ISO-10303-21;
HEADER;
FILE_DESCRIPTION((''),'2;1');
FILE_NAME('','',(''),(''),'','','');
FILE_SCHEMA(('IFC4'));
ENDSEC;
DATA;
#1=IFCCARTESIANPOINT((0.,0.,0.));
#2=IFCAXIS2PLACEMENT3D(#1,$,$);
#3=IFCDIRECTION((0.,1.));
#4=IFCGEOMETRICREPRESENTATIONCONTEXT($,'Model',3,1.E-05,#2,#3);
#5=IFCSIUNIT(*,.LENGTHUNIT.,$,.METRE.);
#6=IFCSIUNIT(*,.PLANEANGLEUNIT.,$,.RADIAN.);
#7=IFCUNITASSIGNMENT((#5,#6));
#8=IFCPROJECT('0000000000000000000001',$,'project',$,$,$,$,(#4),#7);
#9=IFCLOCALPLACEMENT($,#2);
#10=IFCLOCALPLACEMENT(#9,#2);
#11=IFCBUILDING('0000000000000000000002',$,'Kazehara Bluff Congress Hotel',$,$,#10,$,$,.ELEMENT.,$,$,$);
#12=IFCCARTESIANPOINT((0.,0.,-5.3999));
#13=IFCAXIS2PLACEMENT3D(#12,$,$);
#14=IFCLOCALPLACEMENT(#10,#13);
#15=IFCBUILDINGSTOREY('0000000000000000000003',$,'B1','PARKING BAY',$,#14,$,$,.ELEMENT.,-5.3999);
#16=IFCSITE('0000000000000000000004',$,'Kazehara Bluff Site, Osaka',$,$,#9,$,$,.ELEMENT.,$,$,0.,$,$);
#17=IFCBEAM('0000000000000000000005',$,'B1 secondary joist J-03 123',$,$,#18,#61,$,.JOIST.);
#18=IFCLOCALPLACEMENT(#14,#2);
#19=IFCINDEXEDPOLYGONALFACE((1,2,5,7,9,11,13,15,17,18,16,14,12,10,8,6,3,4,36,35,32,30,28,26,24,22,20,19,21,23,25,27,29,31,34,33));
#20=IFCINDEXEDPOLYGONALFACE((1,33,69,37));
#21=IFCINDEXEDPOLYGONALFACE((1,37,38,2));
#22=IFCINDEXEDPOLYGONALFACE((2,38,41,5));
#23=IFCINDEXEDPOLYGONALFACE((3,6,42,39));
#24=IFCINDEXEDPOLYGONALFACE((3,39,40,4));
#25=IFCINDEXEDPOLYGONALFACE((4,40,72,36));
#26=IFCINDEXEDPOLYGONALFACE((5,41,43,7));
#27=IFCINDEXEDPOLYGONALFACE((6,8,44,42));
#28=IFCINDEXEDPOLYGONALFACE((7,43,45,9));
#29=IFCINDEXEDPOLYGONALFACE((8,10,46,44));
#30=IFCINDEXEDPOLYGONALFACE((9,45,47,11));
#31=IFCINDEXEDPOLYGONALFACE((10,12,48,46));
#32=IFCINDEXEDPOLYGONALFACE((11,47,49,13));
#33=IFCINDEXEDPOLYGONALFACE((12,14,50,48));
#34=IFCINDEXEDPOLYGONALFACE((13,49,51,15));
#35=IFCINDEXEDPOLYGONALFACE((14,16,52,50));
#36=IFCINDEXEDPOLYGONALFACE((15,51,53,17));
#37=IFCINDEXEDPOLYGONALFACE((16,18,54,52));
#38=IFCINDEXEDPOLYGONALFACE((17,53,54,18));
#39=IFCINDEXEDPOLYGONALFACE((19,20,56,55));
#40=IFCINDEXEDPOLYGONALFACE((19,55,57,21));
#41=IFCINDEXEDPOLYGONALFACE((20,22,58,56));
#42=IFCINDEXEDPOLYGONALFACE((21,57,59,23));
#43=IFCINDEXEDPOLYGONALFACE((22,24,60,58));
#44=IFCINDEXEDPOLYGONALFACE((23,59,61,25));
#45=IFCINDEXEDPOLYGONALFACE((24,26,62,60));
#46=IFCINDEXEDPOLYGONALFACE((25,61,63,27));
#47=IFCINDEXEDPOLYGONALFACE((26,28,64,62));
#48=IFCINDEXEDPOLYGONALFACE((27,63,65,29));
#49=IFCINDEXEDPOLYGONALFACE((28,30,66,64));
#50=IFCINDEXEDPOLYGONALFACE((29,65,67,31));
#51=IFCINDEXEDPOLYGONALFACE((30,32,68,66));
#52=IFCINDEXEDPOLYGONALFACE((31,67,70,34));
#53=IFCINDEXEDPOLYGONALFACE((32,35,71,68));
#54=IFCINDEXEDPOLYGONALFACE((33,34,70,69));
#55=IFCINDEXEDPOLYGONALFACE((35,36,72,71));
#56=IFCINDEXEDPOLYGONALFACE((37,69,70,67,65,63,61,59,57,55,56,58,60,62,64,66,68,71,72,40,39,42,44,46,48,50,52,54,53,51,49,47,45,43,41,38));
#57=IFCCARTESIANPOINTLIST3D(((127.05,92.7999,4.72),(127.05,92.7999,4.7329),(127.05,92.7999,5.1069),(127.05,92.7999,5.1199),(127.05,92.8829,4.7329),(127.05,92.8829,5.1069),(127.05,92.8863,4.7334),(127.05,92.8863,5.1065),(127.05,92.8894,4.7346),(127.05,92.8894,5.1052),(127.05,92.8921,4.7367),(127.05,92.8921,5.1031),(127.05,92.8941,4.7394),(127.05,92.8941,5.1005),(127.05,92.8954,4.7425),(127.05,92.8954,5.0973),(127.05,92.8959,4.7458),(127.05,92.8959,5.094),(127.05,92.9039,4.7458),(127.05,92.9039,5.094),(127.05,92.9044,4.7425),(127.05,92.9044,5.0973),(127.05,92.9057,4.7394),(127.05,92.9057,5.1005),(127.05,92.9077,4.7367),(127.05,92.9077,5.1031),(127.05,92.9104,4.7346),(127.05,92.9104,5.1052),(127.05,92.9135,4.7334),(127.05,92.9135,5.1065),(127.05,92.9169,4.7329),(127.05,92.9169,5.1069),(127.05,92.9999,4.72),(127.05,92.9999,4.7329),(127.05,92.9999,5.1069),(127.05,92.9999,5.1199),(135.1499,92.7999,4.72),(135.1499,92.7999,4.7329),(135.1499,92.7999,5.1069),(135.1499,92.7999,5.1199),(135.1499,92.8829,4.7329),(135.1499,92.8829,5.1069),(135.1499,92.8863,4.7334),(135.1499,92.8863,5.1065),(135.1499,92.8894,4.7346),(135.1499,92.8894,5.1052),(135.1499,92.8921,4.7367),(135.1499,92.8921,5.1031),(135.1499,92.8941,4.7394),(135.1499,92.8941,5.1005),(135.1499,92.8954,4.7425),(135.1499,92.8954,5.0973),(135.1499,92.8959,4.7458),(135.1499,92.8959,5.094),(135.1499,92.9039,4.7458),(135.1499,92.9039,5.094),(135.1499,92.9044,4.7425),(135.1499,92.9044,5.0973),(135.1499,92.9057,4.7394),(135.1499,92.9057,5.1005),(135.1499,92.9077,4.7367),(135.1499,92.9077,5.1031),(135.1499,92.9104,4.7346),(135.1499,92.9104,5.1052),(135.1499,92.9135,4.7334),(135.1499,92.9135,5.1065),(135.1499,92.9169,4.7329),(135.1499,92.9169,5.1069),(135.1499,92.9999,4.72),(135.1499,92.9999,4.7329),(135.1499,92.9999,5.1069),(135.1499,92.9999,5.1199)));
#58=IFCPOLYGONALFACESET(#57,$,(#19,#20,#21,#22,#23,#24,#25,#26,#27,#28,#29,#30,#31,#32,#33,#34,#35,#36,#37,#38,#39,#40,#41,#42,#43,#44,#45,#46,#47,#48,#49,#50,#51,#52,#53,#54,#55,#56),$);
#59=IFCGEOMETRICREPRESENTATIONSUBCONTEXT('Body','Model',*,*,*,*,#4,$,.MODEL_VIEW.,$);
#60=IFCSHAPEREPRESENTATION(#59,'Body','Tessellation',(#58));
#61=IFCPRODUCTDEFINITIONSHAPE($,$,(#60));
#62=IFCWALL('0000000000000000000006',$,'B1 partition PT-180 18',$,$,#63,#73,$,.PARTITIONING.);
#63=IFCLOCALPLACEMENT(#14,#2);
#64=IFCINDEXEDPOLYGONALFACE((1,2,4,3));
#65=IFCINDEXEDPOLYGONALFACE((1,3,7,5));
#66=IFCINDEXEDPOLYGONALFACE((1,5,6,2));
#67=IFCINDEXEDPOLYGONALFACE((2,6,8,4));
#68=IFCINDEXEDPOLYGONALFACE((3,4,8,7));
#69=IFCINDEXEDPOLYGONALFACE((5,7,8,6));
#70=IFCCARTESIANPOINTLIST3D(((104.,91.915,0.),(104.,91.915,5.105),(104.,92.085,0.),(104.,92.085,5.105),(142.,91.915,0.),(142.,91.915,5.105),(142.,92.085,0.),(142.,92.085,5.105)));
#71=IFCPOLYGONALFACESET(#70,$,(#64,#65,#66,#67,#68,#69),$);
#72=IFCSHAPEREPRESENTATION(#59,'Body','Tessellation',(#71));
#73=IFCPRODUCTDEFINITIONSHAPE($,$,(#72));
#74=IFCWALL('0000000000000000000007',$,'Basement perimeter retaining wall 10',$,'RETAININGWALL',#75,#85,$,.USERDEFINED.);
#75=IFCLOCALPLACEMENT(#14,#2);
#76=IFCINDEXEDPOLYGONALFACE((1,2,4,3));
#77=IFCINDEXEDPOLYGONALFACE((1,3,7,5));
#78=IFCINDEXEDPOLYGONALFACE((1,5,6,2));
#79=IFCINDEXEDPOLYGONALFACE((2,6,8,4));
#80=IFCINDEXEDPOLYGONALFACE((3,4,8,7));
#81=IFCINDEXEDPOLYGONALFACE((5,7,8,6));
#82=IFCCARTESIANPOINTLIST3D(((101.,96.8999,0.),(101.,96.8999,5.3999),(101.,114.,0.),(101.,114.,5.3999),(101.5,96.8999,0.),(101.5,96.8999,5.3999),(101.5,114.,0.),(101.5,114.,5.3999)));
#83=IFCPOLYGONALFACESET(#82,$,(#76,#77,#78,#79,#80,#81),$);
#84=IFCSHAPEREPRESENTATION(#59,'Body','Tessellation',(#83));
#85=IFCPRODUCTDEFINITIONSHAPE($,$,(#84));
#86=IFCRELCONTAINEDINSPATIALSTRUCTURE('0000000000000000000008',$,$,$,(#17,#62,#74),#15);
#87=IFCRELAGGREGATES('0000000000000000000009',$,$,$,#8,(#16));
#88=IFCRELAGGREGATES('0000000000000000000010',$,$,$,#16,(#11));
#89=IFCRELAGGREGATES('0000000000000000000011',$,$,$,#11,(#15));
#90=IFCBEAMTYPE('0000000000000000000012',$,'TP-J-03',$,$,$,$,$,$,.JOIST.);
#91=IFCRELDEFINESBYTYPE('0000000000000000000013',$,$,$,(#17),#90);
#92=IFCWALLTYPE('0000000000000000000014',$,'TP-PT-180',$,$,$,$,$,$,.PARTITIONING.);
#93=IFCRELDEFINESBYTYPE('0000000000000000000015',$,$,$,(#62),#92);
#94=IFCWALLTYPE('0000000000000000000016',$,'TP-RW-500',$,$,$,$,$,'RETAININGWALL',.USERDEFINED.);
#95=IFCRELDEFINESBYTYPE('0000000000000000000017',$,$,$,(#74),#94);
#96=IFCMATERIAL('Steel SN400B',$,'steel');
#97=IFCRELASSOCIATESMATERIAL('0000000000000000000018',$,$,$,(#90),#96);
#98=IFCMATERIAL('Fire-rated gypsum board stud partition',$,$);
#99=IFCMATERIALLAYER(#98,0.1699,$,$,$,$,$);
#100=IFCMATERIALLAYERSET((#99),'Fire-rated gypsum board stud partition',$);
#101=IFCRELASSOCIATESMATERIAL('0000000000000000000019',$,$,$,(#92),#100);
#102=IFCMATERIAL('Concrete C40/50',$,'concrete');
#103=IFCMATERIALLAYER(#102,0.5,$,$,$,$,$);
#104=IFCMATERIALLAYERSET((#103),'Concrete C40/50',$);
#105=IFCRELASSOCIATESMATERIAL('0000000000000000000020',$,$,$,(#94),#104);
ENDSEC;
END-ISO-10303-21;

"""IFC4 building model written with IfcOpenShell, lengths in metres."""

from ifc_helpers import new_model, si_unit, direction, frame, frame_2d, origin, origin_2d, place, context, subcontext, project, spatial, rectangle, i_section, extrude, material, layer, layer_set, material_profile, profile_set, type_object, element, save


model = new_model("IFC4")

# Units and contexts
model_context = context("Model", 3, precision=1e-05, world=origin(), true_north=direction((0.0, 1.0)))
body_context = subcontext(model_context, "Body", "Model", "MODEL_VIEW")
ifc_project = project(units=[si_unit("LENGTHUNIT", "METRE"), si_unit("PLANEANGLEUNIT", "RADIAN")], contexts=[model_context])

# Site, building, storey
site_placement = place(None, origin())
site = spatial("IfcSite", under=ifc_project, at=site_placement, Name="Kazehara Bluff Site, Osaka", CompositionType="ELEMENT", RefElevation=0.0)
building_placement = place(site_placement, origin())
building = spatial("IfcBuilding", under=site, at=building_placement, Name="Kazehara Bluff Congress Hotel", CompositionType="ELEMENT")
storey_placement = place(building_placement, frame((0.0, 0.0, -5.3999)))
storey = spatial("IfcBuildingStorey", under=building, at=storey_placement, Name="B1", Description="PARKING BAY", CompositionType="ELEMENT", Elevation=-5.3999)

# Beam
ifc_material_1 = material(Name="Steel SN400B", Category="steel")
ifc_material_profile_1 = material_profile(ifc_material_1, i_section(OverallWidth=0.2, OverallDepth=0.3999, WebThickness=0.0081, FlangeThickness=0.0129, FilletRadius=0.0129, at=origin_2d()))
ifc_profile_set_1 = profile_set([ifc_material_profile_1], Name="Steel SN400B")
beam_type = type_object("IfcBeamType", Name="TP-J-03", PredefinedType="JOIST", material=ifc_profile_set_1)
beam_1_placement = place(storey_placement, frame((127.05, 92.8999, 4.9199), z_axis=(1.0, 0.0, 0.0), x_axis=(0.0, 1.0, 0.0)))
element("IfcBeam", 1, at=beam_1_placement, inside=storey, type_object=beam_type, Name="B1 secondary joist J-03 123", PredefinedType="JOIST", context=body_context, shape_type="SweptSolid", body=[
    extrude(i_section(OverallWidth=0.2, OverallDepth=0.3999, WebThickness=0.0081, FlangeThickness=0.0129, FilletRadius=0.0129, at=origin_2d()), origin(), (0.0, 0.0, 1.0), 8.0999),
])

# Walls
ifc_material_2 = material(Name="Fire-rated gypsum board stud partition")
ifc_layer_1 = layer(ifc_material_2, 0.1699)
ifc_layer_set_1 = layer_set([ifc_layer_1], Name="Fire-rated gypsum board stud partition")
wall_type_1 = type_object("IfcWallType", Name="TP-PT-180", PredefinedType="PARTITIONING", material=ifc_layer_set_1)
wall_1_placement = place(storey_placement, frame((104.0, 92.0, 0.0), z_axis=(0.0, 0.0, 1.0), x_axis=(1.0, 0.0, 0.0)))
element("IfcWall", 2, at=wall_1_placement, inside=storey, type_object=wall_type_1, Name="B1 partition PT-180 18", PredefinedType="PARTITIONING", context=body_context, shape_type="SweptSolid", body=[
    extrude(rectangle(XDim=38.0, YDim=0.1699, at=frame_2d((19.0, 0.0))), origin(), (0.0, 0.0, 1.0), 5.105),
])
ifc_material_3 = material(Name="Concrete C40/50", Category="concrete")
ifc_layer_2 = layer(ifc_material_3, 0.5)
ifc_layer_set_2 = layer_set([ifc_layer_2], Name="Concrete C40/50")
wall_type_2 = type_object("IfcWallType", Name="TP-RW-500", ElementType="RETAININGWALL", PredefinedType="USERDEFINED", material=ifc_layer_set_2)
wall_2_placement = place(storey_placement, frame((101.25, 96.8999, 0.0), z_axis=(0.0, 0.0, 1.0), x_axis=(0.0, 1.0, 0.0)))
element("IfcWall", 3, at=wall_2_placement, inside=storey, type_object=wall_type_2, Name="Basement perimeter retaining wall 10", ObjectType="RETAININGWALL", PredefinedType="USERDEFINED", context=body_context, shape_type="SweptSolid", body=[
    extrude(rectangle(XDim=17.1001, YDim=0.5, at=frame_2d((8.55, 0.0))), origin(), (0.0, 0.0, 1.0), 5.3999),
])

save(model, "model.ifc")
